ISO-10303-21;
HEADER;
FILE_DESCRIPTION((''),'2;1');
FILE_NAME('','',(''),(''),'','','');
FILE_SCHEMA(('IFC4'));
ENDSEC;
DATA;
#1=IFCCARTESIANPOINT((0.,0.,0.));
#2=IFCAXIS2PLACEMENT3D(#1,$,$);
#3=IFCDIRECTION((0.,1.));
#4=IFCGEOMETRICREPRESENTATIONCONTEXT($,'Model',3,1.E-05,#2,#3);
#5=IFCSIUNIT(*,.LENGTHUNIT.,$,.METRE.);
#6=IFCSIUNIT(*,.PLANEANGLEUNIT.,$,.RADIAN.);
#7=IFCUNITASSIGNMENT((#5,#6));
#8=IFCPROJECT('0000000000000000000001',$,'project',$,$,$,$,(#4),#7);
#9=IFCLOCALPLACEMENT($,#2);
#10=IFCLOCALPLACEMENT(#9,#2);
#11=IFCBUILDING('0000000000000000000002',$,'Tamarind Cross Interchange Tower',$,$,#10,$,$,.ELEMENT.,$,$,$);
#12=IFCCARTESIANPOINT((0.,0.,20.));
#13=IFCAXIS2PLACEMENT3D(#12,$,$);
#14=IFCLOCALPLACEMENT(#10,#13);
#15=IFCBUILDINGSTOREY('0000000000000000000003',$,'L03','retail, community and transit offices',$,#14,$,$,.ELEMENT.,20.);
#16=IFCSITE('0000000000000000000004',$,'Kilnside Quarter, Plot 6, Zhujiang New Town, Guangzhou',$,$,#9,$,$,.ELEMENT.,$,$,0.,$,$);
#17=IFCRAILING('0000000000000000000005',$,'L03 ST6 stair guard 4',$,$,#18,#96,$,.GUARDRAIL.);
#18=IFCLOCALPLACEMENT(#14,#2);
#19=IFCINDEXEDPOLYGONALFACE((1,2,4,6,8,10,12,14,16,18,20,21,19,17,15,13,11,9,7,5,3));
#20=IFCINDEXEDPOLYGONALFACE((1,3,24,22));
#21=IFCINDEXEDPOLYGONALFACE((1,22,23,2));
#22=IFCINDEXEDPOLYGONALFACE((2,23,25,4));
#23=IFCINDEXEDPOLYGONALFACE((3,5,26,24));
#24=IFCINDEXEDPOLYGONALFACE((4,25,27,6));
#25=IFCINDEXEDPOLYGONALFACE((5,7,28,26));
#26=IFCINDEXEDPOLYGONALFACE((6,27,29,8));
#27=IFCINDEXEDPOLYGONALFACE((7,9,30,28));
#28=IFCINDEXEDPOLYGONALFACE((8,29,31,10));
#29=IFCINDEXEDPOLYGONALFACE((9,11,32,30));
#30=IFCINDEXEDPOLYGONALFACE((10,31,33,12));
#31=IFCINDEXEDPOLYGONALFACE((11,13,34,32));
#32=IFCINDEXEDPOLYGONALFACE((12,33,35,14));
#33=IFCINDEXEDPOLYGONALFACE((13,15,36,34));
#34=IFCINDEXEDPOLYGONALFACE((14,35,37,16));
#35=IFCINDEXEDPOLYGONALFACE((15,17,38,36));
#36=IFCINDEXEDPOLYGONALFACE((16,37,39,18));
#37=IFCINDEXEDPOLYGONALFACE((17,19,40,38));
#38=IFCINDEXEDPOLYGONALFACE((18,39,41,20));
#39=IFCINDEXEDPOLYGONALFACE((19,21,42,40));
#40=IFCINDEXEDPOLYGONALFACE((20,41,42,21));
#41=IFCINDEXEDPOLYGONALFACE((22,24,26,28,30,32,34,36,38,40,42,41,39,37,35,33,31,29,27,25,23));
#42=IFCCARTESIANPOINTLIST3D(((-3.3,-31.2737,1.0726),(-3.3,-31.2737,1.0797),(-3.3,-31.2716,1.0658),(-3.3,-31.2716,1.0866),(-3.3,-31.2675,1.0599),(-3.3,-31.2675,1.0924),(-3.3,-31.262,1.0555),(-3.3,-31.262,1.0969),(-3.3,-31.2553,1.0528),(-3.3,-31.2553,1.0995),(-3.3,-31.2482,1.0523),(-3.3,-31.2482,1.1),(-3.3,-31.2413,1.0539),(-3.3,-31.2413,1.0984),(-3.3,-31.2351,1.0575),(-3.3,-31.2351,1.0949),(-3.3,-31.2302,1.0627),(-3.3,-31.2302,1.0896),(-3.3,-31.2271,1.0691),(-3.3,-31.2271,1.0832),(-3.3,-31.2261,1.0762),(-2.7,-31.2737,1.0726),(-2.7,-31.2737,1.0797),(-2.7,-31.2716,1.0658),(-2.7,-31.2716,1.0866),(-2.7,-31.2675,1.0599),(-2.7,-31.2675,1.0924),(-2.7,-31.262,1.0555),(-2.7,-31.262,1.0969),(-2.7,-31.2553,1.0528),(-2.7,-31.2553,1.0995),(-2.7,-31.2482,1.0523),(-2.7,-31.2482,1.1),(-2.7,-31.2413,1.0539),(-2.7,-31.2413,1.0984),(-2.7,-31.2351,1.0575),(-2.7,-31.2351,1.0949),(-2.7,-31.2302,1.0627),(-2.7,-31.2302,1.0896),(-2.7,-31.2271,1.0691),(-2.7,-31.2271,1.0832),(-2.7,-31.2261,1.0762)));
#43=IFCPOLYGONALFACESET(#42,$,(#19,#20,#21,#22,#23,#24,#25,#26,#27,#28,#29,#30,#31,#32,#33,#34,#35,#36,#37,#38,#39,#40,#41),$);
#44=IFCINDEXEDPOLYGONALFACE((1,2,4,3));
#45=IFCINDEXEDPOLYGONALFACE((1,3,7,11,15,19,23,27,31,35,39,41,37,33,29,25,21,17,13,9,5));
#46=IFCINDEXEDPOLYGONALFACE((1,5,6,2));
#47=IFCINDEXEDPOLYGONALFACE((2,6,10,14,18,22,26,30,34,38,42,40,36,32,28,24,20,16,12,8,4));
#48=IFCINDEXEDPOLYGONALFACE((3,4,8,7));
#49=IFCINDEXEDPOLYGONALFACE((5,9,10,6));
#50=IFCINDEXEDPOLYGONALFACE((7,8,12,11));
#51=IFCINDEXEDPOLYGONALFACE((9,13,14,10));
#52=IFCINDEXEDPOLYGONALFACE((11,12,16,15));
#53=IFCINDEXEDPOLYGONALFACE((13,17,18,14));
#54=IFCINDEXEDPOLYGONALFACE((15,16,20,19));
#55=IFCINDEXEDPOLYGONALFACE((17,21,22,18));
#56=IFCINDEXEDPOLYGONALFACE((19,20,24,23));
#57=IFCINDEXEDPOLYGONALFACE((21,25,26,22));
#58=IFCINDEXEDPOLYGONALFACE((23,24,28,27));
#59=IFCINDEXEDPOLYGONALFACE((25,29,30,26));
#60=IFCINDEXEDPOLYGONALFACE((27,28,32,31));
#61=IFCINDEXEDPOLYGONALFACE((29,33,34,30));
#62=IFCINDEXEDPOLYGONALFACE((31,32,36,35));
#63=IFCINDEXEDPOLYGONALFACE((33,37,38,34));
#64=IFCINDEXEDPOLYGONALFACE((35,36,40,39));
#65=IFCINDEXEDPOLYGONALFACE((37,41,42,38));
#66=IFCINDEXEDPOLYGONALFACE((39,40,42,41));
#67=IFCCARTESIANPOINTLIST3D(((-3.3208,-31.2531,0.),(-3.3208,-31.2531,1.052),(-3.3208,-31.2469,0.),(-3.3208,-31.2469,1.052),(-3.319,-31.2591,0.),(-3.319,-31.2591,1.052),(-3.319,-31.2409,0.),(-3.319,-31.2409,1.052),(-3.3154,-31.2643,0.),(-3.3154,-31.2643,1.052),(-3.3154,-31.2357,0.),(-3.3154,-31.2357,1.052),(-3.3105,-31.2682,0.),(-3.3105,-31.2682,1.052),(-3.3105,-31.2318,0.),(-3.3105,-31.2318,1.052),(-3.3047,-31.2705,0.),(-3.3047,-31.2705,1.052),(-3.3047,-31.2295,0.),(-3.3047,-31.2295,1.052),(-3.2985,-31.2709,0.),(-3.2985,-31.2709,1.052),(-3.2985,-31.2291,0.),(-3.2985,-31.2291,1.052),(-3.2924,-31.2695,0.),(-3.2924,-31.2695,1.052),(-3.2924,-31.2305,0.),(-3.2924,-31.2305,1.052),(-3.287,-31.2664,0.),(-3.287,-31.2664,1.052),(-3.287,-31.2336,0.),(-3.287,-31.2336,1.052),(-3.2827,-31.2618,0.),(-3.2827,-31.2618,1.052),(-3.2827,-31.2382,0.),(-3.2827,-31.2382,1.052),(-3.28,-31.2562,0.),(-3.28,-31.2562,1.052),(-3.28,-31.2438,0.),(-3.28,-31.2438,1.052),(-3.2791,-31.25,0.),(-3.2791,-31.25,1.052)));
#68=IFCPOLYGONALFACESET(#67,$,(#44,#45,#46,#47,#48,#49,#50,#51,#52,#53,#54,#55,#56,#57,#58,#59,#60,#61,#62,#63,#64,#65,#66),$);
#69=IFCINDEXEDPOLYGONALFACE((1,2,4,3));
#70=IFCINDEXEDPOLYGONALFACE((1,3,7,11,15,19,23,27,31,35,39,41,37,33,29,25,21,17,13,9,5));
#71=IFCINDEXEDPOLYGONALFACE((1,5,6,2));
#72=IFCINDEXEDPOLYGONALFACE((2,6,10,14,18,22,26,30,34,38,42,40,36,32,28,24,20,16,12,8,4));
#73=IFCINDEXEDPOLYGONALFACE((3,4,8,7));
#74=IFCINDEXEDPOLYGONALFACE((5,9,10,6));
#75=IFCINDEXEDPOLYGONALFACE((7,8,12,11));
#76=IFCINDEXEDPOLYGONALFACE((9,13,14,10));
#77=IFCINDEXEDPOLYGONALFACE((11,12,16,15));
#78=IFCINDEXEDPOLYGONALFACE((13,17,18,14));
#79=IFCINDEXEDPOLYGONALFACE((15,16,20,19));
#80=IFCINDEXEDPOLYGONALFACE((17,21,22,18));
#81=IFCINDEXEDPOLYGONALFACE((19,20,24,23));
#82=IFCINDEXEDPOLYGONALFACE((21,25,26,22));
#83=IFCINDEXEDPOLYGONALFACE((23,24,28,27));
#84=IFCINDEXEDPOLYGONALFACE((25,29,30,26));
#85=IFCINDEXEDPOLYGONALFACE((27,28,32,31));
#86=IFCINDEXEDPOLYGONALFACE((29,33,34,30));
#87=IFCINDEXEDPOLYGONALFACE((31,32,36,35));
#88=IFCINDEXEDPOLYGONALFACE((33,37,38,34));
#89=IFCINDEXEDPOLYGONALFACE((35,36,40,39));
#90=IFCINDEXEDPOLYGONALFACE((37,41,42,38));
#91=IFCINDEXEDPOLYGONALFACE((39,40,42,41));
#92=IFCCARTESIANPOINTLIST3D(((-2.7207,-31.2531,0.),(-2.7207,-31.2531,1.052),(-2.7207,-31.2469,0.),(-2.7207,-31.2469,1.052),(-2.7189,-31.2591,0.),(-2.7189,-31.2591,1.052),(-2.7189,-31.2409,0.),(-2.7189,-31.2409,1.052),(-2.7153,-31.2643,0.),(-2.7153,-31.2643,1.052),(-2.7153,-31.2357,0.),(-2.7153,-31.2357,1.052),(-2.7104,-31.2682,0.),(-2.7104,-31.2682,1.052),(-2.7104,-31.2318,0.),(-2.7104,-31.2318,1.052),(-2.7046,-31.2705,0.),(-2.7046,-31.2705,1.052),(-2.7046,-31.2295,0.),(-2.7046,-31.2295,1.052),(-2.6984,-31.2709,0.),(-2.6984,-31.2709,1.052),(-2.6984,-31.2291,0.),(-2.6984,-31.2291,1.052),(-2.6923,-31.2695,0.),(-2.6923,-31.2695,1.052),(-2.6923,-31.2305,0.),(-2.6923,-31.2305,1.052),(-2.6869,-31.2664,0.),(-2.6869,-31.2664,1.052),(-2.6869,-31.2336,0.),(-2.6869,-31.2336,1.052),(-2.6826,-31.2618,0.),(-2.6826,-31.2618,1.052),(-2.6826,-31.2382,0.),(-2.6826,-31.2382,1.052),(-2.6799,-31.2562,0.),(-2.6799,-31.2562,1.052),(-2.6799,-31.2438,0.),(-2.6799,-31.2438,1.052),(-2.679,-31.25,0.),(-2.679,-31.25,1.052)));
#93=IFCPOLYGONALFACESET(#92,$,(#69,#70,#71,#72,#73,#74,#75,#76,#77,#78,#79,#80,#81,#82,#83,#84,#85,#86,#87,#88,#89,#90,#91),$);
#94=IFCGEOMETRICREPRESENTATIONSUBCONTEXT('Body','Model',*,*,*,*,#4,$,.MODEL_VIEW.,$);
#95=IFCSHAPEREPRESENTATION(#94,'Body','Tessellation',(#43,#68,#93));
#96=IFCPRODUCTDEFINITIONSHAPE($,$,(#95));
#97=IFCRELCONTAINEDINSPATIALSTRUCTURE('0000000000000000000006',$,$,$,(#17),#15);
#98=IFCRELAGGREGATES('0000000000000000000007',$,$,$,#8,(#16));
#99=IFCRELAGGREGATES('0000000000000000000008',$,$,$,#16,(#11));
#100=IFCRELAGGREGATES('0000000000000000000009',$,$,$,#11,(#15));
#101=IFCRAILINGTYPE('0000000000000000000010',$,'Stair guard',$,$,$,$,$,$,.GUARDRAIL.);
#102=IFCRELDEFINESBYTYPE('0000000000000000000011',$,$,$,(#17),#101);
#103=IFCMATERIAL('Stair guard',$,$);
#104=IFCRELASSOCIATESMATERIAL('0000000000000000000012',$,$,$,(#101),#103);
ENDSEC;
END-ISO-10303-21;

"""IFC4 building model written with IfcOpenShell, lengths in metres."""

from ifc_helpers import new_model, si_unit, direction, frame, origin, origin_2d, place, context, subcontext, project, spatial, circle, extrude, material, type_object, element, save


model = new_model("IFC4")

# Units and contexts
model_context = context("Model", 3, precision=1e-05, world=origin(), true_north=direction((0.0, 1.0)))
body_context = subcontext(model_context, "Body", "Model", "MODEL_VIEW")
ifc_project = project(units=[si_unit("LENGTHUNIT", "METRE"), si_unit("PLANEANGLEUNIT", "RADIAN")], contexts=[model_context])

# Site, building, storey
site_placement = place(None, origin())
site = spatial("IfcSite", under=ifc_project, at=site_placement, Name="Kilnside Quarter, Plot 6, Zhujiang New Town, Guangzhou", CompositionType="ELEMENT", RefElevation=0.0)
building_placement = place(site_placement, origin())
building = spatial("IfcBuilding", under=site, at=building_placement, Name="Tamarind Cross Interchange Tower", CompositionType="ELEMENT")
storey_placement = place(building_placement, frame((0.0, 0.0, 20.0)))
storey = spatial("IfcBuildingStorey", under=building, at=storey_placement, Name="L03", Description="retail, community and transit offices", CompositionType="ELEMENT", Elevation=20.0)

# Railing
ifc_material_1 = material(Name="Stair guard")
railing_type_1 = type_object("IfcRailingType", Name="Stair guard", PredefinedType="GUARDRAIL", material=ifc_material_1)
railing_1_placement = place(storey_placement, frame((-3.3, -31.25, 0.0)))
element("IfcRailing", 1, at=railing_1_placement, inside=storey, type_object=railing_type_1, Name="L03 ST6 stair guard 4", PredefinedType="GUARDRAIL", context=body_context, shape_type="SweptSolid", body=[
    extrude(circle(Radius=0.0239, at=origin_2d()), frame((0.0, 0.0, 1.0762), z_axis=(1.0, 0.0, 0.0), x_axis=(0.0, 1.0, 0.0)), (0.0, 0.0, 1.0), 0.6001),
    extrude(circle(Radius=0.021, at=origin_2d()), origin(), (0.0, 0.0, 1.0), 1.052),
    extrude(circle(Radius=0.021, at=origin_2d()), frame((0.6001, 0.0, 0.0)), (0.0, 0.0, 1.0), 1.052),
])

save(model, "model.ifc")
